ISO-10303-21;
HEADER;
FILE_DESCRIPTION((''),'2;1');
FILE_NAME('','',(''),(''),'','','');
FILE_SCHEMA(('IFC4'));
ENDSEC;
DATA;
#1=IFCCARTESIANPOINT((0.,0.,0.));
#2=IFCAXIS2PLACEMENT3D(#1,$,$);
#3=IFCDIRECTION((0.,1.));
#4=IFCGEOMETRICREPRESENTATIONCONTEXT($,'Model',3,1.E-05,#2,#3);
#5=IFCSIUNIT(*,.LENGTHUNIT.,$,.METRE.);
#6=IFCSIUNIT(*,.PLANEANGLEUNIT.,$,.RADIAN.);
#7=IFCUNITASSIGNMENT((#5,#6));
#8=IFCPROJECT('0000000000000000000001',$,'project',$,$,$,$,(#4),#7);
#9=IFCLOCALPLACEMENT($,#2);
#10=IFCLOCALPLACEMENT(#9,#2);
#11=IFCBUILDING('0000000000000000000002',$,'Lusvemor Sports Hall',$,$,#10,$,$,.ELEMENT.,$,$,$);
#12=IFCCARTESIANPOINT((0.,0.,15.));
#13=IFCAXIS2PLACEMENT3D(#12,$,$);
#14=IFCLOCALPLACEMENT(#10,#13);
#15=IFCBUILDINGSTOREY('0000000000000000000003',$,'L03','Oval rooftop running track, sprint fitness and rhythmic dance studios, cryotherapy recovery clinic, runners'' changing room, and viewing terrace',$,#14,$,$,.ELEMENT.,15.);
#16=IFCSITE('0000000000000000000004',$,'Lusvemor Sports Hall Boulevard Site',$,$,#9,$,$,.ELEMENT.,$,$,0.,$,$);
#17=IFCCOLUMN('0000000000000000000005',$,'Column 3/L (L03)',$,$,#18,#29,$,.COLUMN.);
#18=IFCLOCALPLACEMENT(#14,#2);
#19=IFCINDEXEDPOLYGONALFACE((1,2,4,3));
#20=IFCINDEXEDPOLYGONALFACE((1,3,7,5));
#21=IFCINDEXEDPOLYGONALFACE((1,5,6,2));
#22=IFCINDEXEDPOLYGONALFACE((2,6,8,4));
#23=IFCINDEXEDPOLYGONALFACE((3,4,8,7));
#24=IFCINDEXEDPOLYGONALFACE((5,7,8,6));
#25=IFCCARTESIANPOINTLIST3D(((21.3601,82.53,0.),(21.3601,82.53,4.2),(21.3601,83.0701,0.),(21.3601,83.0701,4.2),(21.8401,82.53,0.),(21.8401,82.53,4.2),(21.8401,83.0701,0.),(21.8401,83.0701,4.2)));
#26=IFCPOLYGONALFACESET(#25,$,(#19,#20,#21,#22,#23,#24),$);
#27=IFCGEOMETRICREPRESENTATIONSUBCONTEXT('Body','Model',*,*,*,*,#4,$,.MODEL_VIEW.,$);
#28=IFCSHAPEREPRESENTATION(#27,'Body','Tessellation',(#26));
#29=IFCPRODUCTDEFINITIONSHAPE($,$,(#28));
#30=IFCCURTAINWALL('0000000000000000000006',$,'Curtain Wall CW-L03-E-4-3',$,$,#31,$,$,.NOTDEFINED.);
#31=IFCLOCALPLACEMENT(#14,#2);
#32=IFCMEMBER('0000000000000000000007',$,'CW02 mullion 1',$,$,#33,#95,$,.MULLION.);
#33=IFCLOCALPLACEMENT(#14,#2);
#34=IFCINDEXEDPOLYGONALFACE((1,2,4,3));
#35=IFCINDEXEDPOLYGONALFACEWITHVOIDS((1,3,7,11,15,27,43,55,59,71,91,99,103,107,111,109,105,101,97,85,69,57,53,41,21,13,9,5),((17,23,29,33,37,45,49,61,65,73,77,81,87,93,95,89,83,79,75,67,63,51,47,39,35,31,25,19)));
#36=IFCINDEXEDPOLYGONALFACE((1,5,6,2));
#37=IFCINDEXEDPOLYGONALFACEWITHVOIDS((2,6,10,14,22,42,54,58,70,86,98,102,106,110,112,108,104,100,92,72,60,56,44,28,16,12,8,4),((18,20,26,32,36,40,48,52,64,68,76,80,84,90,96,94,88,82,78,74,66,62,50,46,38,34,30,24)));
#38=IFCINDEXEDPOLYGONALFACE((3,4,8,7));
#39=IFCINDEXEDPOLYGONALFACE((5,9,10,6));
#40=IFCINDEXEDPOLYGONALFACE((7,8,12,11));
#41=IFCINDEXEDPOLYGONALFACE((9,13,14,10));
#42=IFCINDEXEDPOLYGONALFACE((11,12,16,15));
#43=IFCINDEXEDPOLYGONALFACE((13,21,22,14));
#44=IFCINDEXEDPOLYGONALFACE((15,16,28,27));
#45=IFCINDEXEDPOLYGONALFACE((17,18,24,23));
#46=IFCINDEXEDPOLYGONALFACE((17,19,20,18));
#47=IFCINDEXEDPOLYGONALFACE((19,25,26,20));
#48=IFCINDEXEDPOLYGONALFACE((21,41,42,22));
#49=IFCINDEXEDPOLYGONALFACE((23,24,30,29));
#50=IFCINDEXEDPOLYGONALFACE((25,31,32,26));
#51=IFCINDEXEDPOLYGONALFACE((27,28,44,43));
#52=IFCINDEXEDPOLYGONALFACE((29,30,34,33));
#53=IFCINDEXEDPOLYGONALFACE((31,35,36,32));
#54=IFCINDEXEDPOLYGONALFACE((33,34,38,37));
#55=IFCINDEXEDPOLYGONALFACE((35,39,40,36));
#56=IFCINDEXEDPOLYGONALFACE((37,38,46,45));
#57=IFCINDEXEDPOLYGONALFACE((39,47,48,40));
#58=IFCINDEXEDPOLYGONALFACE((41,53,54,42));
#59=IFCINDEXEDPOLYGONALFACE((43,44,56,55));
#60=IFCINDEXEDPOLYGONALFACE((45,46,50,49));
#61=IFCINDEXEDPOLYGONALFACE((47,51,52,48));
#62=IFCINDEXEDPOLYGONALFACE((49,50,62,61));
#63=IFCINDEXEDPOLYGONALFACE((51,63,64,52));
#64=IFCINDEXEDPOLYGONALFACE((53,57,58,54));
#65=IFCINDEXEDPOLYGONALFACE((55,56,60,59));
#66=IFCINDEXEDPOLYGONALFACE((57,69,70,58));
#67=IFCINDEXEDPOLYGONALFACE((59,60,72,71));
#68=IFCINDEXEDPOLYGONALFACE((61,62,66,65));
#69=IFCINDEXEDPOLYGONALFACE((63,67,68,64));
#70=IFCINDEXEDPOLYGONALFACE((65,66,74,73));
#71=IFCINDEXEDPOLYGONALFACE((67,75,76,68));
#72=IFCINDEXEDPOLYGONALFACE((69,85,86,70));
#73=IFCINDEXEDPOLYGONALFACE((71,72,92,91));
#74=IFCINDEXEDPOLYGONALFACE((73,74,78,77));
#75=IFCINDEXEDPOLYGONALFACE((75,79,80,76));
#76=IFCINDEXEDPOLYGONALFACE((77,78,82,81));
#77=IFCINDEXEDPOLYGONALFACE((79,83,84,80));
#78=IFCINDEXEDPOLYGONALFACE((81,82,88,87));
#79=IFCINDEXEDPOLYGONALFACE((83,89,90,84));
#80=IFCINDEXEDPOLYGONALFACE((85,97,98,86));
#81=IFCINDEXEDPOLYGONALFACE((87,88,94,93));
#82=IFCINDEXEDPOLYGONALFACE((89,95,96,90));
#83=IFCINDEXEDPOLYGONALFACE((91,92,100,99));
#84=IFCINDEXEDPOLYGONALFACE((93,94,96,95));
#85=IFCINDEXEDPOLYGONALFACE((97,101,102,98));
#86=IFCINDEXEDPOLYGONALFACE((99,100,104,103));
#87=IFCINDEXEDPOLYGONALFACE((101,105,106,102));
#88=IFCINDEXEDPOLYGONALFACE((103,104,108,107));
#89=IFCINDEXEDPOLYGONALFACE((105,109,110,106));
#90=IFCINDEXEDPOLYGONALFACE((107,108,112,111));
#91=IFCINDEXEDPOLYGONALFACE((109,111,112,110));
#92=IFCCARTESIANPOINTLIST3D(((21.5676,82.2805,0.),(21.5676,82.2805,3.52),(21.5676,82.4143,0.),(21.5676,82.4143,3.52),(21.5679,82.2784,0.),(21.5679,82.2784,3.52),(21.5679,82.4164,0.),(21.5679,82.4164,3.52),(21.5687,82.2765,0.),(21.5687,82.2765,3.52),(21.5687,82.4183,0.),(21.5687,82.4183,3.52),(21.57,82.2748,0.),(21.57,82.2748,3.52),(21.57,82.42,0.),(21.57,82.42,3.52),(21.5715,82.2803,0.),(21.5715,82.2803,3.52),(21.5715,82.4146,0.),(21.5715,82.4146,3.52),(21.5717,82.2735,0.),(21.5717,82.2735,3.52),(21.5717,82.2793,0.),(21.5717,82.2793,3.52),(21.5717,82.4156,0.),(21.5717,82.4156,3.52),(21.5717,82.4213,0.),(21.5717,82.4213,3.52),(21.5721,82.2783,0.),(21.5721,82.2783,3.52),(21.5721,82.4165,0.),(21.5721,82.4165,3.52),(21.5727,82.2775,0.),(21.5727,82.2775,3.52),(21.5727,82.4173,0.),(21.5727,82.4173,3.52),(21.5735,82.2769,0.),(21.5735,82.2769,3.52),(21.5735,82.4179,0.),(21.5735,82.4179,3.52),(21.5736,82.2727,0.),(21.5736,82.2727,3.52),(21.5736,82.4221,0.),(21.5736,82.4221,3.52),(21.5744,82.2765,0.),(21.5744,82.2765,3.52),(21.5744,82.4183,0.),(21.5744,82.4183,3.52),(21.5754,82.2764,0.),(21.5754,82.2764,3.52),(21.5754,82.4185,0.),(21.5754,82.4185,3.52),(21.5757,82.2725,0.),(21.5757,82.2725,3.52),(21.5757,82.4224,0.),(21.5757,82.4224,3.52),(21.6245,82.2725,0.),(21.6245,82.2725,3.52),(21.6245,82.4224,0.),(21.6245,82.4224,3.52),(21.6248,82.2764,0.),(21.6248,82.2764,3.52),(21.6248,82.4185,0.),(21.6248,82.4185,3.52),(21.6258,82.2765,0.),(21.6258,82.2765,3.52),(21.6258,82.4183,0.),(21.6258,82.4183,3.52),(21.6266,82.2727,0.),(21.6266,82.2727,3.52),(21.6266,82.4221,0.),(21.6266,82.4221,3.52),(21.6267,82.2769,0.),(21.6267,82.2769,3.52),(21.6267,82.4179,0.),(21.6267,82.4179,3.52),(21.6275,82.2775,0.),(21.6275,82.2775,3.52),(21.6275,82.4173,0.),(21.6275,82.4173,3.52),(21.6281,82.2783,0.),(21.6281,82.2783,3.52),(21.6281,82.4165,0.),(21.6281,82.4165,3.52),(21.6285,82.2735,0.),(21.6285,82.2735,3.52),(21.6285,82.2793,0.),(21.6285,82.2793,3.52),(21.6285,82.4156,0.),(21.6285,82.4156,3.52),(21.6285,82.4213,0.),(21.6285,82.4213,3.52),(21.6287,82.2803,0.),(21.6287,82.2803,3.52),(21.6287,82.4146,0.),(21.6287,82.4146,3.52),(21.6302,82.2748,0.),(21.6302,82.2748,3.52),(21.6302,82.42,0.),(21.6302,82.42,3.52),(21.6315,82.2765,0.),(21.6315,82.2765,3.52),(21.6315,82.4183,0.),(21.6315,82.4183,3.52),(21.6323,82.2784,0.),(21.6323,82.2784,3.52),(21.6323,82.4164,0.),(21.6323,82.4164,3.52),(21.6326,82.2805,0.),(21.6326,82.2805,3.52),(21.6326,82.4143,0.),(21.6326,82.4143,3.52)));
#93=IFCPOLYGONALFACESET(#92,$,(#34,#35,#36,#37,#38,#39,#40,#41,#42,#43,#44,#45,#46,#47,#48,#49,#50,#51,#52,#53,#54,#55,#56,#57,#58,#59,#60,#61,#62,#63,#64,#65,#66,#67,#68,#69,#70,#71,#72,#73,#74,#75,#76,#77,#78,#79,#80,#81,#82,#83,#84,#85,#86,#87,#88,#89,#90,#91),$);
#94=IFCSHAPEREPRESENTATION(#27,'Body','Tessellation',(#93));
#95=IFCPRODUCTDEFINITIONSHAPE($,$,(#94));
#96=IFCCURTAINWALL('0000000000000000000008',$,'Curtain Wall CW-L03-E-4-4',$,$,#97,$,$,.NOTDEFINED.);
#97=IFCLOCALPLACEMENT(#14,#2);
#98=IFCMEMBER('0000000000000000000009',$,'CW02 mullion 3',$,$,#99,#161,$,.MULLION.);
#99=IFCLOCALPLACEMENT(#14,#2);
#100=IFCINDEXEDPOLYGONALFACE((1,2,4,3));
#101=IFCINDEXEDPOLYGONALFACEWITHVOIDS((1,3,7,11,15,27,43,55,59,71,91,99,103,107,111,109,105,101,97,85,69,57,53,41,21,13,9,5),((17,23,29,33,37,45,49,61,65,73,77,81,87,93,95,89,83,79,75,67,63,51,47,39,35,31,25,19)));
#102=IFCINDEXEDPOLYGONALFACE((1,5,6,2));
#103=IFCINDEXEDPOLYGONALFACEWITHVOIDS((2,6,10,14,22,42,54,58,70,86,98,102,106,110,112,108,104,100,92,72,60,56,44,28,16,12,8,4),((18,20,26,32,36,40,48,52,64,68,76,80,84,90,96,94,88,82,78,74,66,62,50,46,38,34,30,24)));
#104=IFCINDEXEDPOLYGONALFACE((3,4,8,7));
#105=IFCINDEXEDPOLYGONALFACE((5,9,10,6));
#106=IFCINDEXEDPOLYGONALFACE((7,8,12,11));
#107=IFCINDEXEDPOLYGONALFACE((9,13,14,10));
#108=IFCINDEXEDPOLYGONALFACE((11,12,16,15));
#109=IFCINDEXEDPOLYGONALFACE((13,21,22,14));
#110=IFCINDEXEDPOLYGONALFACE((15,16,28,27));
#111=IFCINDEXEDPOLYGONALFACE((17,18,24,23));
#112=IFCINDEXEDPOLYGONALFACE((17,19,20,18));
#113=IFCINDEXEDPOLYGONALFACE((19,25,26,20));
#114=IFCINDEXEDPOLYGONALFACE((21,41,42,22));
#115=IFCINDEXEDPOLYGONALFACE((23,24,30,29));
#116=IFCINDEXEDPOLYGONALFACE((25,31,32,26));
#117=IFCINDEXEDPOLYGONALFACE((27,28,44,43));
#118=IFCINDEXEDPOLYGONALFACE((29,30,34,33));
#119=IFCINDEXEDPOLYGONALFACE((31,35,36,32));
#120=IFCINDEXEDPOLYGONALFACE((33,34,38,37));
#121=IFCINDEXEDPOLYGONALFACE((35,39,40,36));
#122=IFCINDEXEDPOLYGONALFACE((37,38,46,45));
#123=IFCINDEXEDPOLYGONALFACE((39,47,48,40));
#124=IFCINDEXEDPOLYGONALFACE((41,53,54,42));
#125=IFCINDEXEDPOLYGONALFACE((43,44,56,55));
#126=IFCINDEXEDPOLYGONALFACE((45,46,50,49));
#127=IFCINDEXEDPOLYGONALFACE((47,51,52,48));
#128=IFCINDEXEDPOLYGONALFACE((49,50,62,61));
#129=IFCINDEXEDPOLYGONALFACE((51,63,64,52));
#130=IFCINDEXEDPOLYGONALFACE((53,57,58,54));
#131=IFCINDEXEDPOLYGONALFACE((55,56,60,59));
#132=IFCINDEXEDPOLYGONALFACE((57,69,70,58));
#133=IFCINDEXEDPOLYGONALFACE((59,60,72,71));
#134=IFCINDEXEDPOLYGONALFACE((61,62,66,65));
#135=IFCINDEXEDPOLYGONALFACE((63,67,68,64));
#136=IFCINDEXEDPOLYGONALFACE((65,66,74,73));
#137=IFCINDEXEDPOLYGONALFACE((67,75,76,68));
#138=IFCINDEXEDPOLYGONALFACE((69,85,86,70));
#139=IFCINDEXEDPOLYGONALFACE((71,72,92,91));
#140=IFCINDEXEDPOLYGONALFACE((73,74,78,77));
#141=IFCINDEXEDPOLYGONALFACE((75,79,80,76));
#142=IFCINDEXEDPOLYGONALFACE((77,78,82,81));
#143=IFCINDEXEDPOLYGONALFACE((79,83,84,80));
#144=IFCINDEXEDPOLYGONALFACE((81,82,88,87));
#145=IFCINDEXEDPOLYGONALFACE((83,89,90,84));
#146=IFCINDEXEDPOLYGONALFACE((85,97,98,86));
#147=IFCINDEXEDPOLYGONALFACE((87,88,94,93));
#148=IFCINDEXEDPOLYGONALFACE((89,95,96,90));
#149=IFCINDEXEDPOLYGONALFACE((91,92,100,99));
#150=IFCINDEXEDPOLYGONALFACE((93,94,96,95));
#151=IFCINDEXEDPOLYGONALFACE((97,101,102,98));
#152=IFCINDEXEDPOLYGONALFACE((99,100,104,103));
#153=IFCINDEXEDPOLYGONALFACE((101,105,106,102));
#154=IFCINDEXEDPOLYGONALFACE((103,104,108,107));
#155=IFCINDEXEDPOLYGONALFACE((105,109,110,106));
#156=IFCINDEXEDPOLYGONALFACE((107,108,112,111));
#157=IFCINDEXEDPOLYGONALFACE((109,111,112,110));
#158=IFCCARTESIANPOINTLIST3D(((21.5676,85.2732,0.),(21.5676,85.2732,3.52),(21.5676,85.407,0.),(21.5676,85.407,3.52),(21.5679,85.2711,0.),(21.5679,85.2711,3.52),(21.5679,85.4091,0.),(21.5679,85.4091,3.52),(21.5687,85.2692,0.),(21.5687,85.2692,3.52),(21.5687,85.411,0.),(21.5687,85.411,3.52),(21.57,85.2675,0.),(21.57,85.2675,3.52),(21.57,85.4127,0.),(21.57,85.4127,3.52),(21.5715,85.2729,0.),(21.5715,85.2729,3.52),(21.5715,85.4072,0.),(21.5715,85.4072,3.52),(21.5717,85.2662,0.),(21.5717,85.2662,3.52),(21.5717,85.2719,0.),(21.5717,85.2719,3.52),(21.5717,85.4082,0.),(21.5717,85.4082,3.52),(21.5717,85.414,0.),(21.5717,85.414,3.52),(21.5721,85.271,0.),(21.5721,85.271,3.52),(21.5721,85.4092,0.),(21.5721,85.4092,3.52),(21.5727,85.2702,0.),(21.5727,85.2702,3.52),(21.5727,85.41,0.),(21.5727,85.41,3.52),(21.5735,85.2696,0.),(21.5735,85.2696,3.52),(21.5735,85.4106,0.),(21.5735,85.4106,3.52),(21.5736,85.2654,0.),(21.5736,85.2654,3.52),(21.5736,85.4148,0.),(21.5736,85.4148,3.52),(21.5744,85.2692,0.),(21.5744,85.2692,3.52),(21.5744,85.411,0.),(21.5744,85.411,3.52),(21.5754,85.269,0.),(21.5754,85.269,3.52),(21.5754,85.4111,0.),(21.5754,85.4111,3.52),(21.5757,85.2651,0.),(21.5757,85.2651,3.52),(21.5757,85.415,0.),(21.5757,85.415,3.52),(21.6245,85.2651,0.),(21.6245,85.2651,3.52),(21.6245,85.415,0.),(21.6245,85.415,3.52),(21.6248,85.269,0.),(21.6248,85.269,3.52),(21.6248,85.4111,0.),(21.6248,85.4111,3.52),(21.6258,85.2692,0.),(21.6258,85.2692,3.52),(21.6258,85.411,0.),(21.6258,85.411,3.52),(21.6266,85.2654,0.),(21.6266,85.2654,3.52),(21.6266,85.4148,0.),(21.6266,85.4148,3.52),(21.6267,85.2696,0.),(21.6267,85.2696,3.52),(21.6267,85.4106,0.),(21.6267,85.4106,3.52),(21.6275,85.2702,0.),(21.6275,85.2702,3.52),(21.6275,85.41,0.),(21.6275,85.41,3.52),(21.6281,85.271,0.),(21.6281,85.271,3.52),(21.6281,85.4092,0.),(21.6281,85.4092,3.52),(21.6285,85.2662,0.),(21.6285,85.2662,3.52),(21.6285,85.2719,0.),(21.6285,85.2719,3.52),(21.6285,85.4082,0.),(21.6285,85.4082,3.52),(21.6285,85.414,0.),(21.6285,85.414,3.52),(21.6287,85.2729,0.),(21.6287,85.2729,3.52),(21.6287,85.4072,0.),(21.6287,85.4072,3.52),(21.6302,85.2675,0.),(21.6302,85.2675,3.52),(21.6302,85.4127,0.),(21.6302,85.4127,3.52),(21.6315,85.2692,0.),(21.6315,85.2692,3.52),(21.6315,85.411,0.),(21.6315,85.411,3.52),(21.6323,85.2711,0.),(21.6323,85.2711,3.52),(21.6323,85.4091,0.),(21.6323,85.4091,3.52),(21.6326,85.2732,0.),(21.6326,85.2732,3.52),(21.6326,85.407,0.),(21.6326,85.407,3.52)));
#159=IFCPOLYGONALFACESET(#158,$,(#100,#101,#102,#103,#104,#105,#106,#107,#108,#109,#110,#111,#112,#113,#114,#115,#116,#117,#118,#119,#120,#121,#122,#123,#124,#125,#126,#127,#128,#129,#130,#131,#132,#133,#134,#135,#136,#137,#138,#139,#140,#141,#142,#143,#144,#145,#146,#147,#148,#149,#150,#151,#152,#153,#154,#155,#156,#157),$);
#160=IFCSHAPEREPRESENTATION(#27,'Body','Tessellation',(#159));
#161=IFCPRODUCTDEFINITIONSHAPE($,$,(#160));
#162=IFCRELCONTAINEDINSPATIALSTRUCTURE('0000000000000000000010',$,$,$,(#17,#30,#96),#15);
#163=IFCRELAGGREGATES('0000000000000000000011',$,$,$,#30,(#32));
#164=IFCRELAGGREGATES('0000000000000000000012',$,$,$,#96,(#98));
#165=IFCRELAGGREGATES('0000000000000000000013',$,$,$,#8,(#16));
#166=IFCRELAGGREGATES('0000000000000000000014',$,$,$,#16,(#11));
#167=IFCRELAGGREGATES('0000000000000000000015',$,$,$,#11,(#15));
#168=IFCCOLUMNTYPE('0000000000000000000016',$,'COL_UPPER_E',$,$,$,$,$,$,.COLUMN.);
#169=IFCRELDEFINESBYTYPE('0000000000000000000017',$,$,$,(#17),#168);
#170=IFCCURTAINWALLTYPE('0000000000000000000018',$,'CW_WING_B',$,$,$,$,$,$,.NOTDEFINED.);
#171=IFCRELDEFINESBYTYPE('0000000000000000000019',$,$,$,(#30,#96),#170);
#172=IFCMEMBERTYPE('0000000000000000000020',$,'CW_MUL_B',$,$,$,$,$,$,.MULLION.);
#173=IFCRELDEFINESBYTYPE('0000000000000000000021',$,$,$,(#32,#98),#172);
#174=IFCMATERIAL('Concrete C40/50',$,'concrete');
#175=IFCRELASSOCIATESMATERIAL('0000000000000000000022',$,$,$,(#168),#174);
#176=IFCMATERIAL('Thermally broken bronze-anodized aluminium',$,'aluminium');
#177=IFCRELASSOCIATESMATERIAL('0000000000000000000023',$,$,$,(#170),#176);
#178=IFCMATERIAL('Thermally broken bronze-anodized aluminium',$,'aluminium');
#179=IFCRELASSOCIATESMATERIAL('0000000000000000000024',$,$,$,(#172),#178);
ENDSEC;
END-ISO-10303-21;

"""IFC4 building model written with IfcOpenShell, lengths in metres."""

from ifc_helpers import new_model, si_unit, direction, frame, origin, origin_2d, place, context, subcontext, project, spatial, rectangle, hollow_rectangle, extrude, material, material_profile, profile_set, type_object, element, aggregate, save


model = new_model("IFC4")

# Units and contexts
model_context = context("Model", 3, precision=1e-05, world=origin(), true_north=direction((0.0, 1.0)))
body_context = subcontext(model_context, "Body", "Model", "MODEL_VIEW")
ifc_project = project(units=[si_unit("LENGTHUNIT", "METRE"), si_unit("PLANEANGLEUNIT", "RADIAN")], contexts=[model_context])

# Site, building, storey
site_placement = place(None, origin())
site = spatial("IfcSite", under=ifc_project, at=site_placement, Name="Lusvemor Sports Hall Boulevard Site", CompositionType="ELEMENT", RefElevation=0.0)
building_placement = place(site_placement, origin())
building = spatial("IfcBuilding", under=site, at=building_placement, Name="Lusvemor Sports Hall", CompositionType="ELEMENT")
storey_placement = place(building_placement, frame((0.0, 0.0, 15.0)))
storey = spatial("IfcBuildingStorey", under=building, at=storey_placement, Name="L03", Description="Oval rooftop running track, sprint fitness and rhythmic dance studios, cryotherapy recovery clinic, runners' changing room, and viewing terrace", CompositionType="ELEMENT", Elevation=15.0)

# Column
ifc_material_1 = material(Name="Concrete C40/50", Category="concrete")
ifc_material_profile_1 = material_profile(ifc_material_1, rectangle(XDim=0.48, YDim=0.54, at=origin_2d()), Name="RC480x540")
ifc_profile_set_1 = profile_set([ifc_material_profile_1], Name="Concrete C40/50")
column_type = type_object("IfcColumnType", Name="COL_UPPER_E", PredefinedType="COLUMN", material=ifc_profile_set_1)
column_placement = place(storey_placement, frame((21.6001, 82.8, 0.0), z_axis=(0.0, 0.0, 1.0), x_axis=(1.0, 0.0, 0.0)))
element("IfcColumn", 1, at=column_placement, inside=storey, type_object=column_type, Name="Column 3/L (L03)", PredefinedType="COLUMN", context=body_context, shape_type="SweptSolid", body=[
    extrude(rectangle(XDim=0.48, YDim=0.54, at=origin_2d()), origin(), (0.0, 0.0, 1.0), 4.2),
])

# Curtain wall, member
ifc_material_2 = material(Name="Thermally broken bronze-anodized aluminium", Category="aluminium")
curtain_wall_type = type_object("IfcCurtainWallType", Name="CW_WING_B", PredefinedType="NOTDEFINED", material=ifc_material_2)
curtain_wall_1_placement = place(storey_placement, origin())
curtain_wall_1 = element("IfcCurtainWall", 2, at=curtain_wall_1_placement, inside=storey, type_object=curtain_wall_type, Name="Curtain Wall CW-L03-E-4-3", PredefinedType="NOTDEFINED")
ifc_material_3 = material(Name="Thermally broken bronze-anodized aluminium", Category="aluminium")
ifc_material_profile_2 = material_profile(ifc_material_3, hollow_rectangle(XDim=0.0649, YDim=0.1499, WallThickness=0.0039, InnerFilletRadius=0.0039, OuterFilletRadius=0.0081, at=origin_2d()), Name="CWMUL150x65x4")
ifc_profile_set_2 = profile_set([ifc_material_profile_2], Name="Thermally broken bronze-anodized aluminium")
member_type_1 = type_object("IfcMemberType", Name="CW_MUL_B", PredefinedType="MULLION", material=ifc_profile_set_2)
member_1_placement = place(storey_placement, frame((21.6001, 82.3474, 0.0), z_axis=(0.0, 0.0, 1.0), x_axis=(1.0, 0.0, 0.0)))
member_1 = element("IfcMember", 3, at=member_1_placement, type_object=member_type_1, Name="CW02 mullion 1", PredefinedType="MULLION", context=body_context, shape_type="SweptSolid", body=[
    extrude(hollow_rectangle(XDim=0.0649, YDim=0.1499, WallThickness=0.0039, InnerFilletRadius=0.0039, OuterFilletRadius=0.0081, at=origin_2d()), origin(), (0.0, 0.0, 1.0), 3.52),
])

# Curtain wall, member
curtain_wall_2_placement = place(storey_placement, origin())
curtain_wall_2 = element("IfcCurtainWall", 4, at=curtain_wall_2_placement, inside=storey, type_object=curtain_wall_type, Name="Curtain Wall CW-L03-E-4-4", PredefinedType="NOTDEFINED")
member_2_placement = place(storey_placement, frame((21.6001, 85.3401, 0.0), z_axis=(0.0, 0.0, 1.0), x_axis=(1.0, 0.0, 0.0)))
member_2 = element("IfcMember", 5, at=member_2_placement, type_object=member_type_1, Name="CW02 mullion 3", PredefinedType="MULLION", context=body_context, shape_type="SweptSolid", body=[
    extrude(hollow_rectangle(XDim=0.0649, YDim=0.1499, WallThickness=0.0039, InnerFilletRadius=0.0039, OuterFilletRadius=0.0081, at=origin_2d()), origin(), (0.0, 0.0, 1.0), 3.52),
])

aggregate(curtain_wall_1, [member_1])

aggregate(curtain_wall_2, [member_2])

save(model, "model.ifc")
